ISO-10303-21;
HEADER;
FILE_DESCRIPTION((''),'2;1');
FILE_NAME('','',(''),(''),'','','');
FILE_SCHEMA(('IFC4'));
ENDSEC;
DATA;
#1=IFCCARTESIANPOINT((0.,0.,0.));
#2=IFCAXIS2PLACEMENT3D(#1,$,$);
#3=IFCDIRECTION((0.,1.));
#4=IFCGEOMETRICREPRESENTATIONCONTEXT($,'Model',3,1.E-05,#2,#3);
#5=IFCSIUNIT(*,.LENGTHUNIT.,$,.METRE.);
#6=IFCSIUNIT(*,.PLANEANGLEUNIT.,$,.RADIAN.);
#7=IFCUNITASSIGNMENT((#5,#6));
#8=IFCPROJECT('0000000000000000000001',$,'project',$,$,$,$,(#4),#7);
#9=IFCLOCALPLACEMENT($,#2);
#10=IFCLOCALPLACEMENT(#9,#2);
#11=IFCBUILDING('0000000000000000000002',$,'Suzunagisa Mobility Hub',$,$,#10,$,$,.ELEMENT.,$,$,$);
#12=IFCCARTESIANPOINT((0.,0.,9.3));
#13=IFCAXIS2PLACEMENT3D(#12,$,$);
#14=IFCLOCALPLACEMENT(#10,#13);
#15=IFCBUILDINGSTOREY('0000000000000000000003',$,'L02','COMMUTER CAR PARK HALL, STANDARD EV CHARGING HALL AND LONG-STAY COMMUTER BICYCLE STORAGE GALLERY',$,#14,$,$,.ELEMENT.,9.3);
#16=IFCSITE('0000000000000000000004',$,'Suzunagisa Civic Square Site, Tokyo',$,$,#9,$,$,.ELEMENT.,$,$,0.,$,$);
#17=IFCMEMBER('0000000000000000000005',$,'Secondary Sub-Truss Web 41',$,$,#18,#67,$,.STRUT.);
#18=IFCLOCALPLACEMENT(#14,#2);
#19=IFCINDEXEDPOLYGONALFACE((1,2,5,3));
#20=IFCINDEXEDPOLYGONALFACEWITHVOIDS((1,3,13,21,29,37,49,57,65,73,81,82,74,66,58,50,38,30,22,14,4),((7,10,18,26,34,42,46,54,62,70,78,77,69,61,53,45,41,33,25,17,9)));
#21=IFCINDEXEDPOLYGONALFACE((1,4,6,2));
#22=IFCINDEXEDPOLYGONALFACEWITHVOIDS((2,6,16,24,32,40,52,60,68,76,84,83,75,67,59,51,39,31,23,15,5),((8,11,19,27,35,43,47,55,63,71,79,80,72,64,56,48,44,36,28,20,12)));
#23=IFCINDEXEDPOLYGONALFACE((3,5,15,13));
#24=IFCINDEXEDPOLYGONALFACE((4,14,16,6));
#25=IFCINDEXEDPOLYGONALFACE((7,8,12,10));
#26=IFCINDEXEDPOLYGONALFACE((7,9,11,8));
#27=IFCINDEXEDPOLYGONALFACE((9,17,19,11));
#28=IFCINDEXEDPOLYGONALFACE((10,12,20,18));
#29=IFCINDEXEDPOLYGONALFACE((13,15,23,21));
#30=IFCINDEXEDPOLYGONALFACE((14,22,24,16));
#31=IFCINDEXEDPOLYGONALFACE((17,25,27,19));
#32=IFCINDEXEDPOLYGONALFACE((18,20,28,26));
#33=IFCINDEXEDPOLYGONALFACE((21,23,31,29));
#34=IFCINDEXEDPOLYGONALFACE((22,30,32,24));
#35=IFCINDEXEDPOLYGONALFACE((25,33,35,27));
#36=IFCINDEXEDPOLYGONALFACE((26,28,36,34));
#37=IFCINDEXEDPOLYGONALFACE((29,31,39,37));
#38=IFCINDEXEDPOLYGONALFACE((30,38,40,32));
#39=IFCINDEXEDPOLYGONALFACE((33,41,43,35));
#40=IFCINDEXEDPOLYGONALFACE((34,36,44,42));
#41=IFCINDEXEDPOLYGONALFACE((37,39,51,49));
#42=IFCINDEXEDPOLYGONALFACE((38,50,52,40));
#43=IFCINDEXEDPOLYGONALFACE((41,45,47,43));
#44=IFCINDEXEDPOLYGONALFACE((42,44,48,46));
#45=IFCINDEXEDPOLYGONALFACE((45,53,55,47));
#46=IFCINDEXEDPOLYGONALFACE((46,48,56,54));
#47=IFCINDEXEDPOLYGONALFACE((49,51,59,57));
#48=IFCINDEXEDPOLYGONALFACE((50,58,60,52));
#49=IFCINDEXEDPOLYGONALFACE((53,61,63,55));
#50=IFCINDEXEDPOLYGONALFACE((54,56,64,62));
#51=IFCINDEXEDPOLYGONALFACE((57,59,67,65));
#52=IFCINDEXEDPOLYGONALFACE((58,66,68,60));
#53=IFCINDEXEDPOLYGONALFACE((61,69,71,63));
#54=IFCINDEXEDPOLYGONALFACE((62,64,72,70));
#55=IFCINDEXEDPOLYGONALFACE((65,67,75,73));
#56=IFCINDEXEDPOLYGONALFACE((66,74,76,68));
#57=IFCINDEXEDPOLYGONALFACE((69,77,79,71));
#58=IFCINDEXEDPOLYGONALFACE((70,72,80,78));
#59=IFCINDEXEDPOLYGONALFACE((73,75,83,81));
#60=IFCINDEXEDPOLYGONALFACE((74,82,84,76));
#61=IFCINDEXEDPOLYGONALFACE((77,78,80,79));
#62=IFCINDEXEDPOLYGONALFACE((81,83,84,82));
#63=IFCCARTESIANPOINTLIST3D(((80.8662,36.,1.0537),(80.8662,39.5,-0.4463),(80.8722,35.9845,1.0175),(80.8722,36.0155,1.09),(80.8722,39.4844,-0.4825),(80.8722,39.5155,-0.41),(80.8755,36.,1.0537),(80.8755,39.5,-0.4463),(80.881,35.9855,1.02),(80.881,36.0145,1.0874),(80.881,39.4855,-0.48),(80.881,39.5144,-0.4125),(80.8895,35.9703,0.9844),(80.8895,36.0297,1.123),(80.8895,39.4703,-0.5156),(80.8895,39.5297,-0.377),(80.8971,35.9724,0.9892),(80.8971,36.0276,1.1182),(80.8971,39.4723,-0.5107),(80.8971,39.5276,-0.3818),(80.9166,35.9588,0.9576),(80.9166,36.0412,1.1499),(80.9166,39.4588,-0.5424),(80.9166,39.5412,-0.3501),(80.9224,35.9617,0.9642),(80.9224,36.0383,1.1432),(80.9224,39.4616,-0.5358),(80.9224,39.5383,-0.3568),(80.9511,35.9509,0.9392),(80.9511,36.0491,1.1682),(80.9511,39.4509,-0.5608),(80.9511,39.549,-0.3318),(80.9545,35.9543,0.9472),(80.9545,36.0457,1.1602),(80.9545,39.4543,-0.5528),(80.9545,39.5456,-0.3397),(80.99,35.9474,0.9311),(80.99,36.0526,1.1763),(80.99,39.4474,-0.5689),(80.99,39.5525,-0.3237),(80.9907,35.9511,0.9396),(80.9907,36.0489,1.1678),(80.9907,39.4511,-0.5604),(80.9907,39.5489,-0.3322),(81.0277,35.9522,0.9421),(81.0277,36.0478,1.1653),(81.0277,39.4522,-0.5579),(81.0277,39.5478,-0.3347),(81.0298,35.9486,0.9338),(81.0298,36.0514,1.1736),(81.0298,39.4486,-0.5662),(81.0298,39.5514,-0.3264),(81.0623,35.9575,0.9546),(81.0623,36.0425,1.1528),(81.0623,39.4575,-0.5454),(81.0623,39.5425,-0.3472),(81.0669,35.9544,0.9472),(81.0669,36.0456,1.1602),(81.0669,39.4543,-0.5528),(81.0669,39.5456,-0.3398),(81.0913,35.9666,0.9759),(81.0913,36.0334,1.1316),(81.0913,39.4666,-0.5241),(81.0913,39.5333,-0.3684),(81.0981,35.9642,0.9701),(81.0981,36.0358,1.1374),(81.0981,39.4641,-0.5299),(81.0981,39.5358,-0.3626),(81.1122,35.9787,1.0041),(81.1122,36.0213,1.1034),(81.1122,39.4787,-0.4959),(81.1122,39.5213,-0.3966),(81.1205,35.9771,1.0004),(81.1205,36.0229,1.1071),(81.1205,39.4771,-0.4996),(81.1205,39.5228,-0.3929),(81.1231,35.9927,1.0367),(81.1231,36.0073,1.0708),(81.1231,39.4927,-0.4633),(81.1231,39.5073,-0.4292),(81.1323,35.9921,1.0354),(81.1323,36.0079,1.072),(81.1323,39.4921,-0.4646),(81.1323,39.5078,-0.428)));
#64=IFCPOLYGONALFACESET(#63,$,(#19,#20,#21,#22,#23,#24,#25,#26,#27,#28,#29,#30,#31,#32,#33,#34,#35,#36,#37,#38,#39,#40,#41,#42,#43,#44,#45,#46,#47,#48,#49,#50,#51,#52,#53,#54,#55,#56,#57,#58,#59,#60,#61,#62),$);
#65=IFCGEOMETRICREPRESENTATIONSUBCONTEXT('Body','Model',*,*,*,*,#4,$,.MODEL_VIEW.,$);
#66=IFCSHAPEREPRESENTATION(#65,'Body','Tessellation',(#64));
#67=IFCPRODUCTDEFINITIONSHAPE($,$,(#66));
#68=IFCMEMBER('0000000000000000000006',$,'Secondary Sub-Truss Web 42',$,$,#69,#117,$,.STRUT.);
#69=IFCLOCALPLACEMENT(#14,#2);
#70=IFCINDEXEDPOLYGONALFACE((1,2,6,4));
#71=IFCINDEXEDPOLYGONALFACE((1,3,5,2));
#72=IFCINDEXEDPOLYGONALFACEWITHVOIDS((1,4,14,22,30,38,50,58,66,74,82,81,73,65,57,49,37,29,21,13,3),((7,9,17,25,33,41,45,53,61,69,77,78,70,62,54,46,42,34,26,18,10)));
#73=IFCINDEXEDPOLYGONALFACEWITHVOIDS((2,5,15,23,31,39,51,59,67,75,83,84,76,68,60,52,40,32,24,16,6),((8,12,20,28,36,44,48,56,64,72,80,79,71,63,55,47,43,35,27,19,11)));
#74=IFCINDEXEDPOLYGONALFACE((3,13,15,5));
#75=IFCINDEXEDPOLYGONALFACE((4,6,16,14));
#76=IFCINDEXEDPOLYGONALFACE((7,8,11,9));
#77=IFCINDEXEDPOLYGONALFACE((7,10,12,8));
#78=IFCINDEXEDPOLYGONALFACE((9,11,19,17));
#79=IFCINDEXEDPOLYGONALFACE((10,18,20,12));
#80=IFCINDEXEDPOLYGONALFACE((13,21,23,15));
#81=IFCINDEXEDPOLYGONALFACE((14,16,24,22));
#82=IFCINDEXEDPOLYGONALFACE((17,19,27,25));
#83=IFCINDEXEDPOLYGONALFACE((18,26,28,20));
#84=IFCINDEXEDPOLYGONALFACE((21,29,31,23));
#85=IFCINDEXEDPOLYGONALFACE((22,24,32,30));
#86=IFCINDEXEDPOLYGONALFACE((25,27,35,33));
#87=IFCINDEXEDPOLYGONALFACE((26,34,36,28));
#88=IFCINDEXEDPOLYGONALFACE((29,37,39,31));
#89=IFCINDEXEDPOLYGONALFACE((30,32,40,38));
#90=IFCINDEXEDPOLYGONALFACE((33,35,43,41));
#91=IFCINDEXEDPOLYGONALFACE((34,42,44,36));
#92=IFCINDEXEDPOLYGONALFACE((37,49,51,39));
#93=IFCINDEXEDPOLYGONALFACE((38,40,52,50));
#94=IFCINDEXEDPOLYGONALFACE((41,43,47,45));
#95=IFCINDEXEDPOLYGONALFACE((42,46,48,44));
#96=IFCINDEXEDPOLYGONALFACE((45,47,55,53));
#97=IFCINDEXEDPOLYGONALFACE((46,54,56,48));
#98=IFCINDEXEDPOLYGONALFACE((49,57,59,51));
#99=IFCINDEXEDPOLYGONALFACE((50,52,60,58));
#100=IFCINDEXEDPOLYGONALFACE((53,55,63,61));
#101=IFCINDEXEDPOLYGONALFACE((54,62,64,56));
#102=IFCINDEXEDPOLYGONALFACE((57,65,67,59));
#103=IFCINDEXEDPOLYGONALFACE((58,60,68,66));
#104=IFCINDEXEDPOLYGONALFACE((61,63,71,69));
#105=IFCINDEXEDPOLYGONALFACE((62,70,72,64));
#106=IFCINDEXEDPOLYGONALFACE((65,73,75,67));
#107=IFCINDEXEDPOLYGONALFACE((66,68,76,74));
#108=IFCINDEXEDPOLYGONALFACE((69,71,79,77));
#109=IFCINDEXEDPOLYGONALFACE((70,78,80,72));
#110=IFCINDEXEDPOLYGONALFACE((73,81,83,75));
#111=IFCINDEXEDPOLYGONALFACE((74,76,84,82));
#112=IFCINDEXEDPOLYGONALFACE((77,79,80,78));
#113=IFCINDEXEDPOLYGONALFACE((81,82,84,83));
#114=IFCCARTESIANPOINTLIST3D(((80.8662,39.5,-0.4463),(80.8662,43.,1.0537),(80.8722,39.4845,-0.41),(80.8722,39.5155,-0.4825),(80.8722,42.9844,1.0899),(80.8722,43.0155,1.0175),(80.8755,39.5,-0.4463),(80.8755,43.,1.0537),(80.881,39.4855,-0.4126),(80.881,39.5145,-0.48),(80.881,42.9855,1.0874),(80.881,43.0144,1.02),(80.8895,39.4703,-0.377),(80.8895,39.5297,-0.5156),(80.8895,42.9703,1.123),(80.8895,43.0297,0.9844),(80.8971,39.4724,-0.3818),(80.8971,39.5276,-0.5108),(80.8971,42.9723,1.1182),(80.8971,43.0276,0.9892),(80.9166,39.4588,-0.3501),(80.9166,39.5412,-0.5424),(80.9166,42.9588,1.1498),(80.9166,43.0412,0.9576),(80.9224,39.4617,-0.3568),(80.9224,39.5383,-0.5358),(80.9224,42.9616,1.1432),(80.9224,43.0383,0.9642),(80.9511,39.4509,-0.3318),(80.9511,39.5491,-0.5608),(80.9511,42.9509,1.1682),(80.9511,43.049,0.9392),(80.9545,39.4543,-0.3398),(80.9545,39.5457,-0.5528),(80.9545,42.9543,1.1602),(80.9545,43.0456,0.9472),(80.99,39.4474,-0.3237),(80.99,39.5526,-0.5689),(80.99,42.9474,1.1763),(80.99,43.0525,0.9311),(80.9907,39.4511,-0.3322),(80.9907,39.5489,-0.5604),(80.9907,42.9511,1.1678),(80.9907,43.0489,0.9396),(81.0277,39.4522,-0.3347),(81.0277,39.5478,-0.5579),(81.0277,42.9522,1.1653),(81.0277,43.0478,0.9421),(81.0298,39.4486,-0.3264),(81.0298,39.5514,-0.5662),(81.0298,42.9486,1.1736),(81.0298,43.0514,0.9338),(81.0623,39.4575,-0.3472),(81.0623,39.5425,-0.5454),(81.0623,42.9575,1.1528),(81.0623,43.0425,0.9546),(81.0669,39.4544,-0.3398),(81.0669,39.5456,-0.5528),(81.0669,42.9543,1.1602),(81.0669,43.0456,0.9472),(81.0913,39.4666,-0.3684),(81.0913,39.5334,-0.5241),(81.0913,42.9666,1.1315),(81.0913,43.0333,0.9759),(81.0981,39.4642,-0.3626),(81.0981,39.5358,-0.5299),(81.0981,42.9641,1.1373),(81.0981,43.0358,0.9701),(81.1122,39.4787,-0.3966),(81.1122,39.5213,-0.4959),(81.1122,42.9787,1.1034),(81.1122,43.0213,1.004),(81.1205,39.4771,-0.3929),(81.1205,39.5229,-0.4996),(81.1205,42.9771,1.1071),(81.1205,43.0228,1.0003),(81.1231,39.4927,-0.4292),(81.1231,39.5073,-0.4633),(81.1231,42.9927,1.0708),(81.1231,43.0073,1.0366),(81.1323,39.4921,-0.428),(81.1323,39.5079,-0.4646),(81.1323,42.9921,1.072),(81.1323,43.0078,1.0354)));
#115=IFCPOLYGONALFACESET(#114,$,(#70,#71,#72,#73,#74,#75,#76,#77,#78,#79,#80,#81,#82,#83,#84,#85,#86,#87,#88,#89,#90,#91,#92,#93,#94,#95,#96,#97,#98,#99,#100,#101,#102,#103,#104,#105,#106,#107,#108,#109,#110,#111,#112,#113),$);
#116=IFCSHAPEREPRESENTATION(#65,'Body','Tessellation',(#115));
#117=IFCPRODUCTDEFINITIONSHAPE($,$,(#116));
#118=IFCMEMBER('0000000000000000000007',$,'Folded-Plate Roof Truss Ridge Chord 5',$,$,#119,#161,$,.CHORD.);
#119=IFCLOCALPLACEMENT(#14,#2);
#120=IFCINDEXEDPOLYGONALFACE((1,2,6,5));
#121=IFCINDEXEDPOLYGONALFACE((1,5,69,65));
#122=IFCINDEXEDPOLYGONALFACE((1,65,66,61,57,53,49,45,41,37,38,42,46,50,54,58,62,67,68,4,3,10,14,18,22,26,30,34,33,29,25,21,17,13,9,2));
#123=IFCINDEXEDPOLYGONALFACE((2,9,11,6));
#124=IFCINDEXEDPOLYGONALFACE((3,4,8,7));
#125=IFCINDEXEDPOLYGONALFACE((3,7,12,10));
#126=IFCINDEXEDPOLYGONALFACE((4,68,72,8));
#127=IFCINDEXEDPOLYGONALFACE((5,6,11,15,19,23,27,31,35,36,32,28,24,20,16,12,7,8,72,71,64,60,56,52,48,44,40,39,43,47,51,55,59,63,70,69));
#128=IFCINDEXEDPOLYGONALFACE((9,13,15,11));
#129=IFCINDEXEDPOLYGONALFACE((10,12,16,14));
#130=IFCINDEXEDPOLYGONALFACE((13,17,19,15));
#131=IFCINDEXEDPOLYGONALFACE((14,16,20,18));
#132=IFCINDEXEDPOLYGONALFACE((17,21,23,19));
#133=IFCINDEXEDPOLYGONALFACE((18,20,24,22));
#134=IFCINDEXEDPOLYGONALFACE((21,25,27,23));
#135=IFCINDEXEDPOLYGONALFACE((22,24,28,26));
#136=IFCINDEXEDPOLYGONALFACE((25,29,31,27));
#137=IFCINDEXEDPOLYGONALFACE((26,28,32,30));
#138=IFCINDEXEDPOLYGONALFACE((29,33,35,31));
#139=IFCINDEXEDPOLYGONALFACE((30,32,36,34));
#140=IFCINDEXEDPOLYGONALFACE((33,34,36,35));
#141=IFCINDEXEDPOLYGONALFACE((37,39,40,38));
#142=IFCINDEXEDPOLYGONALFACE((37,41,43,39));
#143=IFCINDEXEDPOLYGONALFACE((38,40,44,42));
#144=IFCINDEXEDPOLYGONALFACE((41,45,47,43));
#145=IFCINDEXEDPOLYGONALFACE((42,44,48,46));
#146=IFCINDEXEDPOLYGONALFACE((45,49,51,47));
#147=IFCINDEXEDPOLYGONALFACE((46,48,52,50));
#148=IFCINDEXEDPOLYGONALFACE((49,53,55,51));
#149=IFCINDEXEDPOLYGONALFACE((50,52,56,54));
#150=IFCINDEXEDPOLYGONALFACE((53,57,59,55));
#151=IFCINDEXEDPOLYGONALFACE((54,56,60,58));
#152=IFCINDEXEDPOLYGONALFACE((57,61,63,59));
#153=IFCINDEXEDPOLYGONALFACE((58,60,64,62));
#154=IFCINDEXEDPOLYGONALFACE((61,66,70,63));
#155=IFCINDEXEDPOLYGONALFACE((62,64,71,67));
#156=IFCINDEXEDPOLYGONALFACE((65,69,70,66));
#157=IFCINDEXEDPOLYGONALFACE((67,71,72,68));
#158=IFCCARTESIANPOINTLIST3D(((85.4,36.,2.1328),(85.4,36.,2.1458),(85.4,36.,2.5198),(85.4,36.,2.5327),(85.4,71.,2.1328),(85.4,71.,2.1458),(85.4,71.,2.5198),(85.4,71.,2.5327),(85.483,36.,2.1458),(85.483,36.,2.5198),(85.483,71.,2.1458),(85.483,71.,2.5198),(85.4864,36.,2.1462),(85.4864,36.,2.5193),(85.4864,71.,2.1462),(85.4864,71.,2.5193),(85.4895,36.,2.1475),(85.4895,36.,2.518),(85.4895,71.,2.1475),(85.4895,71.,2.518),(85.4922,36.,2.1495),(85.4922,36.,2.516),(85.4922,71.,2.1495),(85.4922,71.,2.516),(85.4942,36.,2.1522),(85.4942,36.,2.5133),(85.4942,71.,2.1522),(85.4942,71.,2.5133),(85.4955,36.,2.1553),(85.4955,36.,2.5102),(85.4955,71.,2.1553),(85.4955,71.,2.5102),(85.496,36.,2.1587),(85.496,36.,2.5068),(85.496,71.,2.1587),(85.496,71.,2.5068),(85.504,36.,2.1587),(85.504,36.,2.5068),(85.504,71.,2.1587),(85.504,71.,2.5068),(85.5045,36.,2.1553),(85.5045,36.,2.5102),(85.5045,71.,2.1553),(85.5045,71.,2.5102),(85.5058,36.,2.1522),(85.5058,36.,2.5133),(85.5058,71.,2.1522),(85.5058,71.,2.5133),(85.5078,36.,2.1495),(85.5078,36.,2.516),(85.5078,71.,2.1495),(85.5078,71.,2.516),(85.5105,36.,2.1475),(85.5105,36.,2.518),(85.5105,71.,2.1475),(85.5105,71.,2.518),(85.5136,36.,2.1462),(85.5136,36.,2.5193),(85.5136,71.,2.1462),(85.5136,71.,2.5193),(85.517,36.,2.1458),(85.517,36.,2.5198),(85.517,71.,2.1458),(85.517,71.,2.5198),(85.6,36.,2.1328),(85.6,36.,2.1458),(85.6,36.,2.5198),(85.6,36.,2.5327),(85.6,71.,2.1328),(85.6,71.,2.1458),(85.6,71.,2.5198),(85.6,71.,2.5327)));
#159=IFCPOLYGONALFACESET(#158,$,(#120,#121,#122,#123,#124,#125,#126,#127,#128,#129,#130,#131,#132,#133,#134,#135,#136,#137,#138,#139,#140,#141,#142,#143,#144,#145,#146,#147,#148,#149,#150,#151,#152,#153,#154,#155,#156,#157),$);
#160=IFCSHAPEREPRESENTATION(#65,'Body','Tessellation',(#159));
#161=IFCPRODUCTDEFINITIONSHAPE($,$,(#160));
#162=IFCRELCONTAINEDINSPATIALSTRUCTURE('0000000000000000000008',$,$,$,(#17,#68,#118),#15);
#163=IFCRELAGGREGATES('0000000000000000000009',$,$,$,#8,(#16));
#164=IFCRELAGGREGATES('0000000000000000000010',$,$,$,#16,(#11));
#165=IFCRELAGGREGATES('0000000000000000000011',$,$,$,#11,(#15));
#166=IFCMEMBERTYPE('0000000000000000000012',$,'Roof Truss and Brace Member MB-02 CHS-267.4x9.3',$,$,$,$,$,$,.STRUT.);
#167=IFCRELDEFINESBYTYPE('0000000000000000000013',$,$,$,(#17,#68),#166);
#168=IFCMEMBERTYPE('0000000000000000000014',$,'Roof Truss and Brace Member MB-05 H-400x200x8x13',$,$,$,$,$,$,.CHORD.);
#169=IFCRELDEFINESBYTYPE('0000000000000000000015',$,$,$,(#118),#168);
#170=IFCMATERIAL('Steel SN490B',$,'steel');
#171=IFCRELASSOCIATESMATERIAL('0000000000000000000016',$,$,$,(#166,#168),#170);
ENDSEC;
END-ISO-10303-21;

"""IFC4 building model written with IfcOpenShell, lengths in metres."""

from ifc_helpers import new_model, si_unit, direction, frame, origin, origin_2d, place, context, subcontext, project, spatial, hollow_circle, i_section, extrude, material, material_profile, profile_set, type_object, element, save


model = new_model("IFC4")

# Units and contexts
model_context = context("Model", 3, precision=1e-05, world=origin(), true_north=direction((0.0, 1.0)))
body_context = subcontext(model_context, "Body", "Model", "MODEL_VIEW")
ifc_project = project(units=[si_unit("LENGTHUNIT", "METRE"), si_unit("PLANEANGLEUNIT", "RADIAN")], contexts=[model_context])

# Site, building, storey
site_placement = place(None, origin())
site = spatial("IfcSite", under=ifc_project, at=site_placement, Name="Suzunagisa Civic Square Site, Tokyo", CompositionType="ELEMENT", RefElevation=0.0)
building_placement = place(site_placement, origin())
building = spatial("IfcBuilding", under=site, at=building_placement, Name="Suzunagisa Mobility Hub", CompositionType="ELEMENT")
storey_placement = place(building_placement, frame((0.0, 0.0, 9.3)))
storey = spatial("IfcBuildingStorey", under=building, at=storey_placement, Name="L02", Description="COMMUTER CAR PARK HALL, STANDARD EV CHARGING HALL AND LONG-STAY COMMUTER BICYCLE STORAGE GALLERY", CompositionType="ELEMENT", Elevation=9.3)

# Shared definitions
ifc_material_1 = material(Name="Steel SN490B", Category="steel")

# Members
ifc_material_profile_1 = material_profile(ifc_material_1, hollow_circle(Radius=0.1338, WallThickness=0.0093, at=origin_2d()), Name="CHS-267.4x9.3")
ifc_profile_set_1 = profile_set([ifc_material_profile_1], Name="Steel SN490B")
member_type_1 = type_object("IfcMemberType", Name="Roof Truss and Brace Member MB-02 CHS-267.4x9.3", PredefinedType="STRUT", material=ifc_profile_set_1)
for number, where, z_axis, x_axis, name in (
    (1, (81.0, 36.0, 1.0537), (0.0, 0.919145, -0.393919), (-1.0, 0.0, 0.0), "Secondary Sub-Truss Web 41"),
    (2, (81.0, 39.5, -0.4463), (0.0, 0.919145, 0.393919), (-1.0, 0.0, 0.0), "Secondary Sub-Truss Web 42"),
):
    element("IfcMember", number, at=place(storey_placement, frame(where, z_axis=z_axis, x_axis=x_axis)), inside=storey, type_object=member_type_1, Name=name, PredefinedType="STRUT", context=body_context, shape_type="SweptSolid", body=[
        extrude(hollow_circle(Radius=0.1338, WallThickness=0.0093, at=origin_2d()), origin(), (0.0, 0.0, 1.0), 3.8079),
    ])
ifc_material_profile_2 = material_profile(ifc_material_1, i_section(OverallWidth=0.2, OverallDepth=0.3999, WebThickness=0.0081, FlangeThickness=0.0129, FilletRadius=0.0129, at=origin_2d()), Name="H-400x200x8x13")
ifc_profile_set_2 = profile_set([ifc_material_profile_2], Name="Steel SN490B")
member_type_2 = type_object("IfcMemberType", Name="Roof Truss and Brace Member MB-05 H-400x200x8x13", PredefinedType="CHORD", material=ifc_profile_set_2)
member_placement = place(storey_placement, frame((85.5, 36.0, 2.3328), z_axis=(0.0, 1.0, 0.0), x_axis=(-1.0, 0.0, 0.0)))
element("IfcMember", 3, at=member_placement, inside=storey, type_object=member_type_2, Name="Folded-Plate Roof Truss Ridge Chord 5", PredefinedType="CHORD", context=body_context, shape_type="SweptSolid", body=[
    extrude(i_section(OverallWidth=0.2, OverallDepth=0.3999, WebThickness=0.0081, FlangeThickness=0.0129, FilletRadius=0.0129, at=origin_2d()), origin(), (0.0, 0.0, 1.0), 35.0),
])

save(model, "model.ifc")
